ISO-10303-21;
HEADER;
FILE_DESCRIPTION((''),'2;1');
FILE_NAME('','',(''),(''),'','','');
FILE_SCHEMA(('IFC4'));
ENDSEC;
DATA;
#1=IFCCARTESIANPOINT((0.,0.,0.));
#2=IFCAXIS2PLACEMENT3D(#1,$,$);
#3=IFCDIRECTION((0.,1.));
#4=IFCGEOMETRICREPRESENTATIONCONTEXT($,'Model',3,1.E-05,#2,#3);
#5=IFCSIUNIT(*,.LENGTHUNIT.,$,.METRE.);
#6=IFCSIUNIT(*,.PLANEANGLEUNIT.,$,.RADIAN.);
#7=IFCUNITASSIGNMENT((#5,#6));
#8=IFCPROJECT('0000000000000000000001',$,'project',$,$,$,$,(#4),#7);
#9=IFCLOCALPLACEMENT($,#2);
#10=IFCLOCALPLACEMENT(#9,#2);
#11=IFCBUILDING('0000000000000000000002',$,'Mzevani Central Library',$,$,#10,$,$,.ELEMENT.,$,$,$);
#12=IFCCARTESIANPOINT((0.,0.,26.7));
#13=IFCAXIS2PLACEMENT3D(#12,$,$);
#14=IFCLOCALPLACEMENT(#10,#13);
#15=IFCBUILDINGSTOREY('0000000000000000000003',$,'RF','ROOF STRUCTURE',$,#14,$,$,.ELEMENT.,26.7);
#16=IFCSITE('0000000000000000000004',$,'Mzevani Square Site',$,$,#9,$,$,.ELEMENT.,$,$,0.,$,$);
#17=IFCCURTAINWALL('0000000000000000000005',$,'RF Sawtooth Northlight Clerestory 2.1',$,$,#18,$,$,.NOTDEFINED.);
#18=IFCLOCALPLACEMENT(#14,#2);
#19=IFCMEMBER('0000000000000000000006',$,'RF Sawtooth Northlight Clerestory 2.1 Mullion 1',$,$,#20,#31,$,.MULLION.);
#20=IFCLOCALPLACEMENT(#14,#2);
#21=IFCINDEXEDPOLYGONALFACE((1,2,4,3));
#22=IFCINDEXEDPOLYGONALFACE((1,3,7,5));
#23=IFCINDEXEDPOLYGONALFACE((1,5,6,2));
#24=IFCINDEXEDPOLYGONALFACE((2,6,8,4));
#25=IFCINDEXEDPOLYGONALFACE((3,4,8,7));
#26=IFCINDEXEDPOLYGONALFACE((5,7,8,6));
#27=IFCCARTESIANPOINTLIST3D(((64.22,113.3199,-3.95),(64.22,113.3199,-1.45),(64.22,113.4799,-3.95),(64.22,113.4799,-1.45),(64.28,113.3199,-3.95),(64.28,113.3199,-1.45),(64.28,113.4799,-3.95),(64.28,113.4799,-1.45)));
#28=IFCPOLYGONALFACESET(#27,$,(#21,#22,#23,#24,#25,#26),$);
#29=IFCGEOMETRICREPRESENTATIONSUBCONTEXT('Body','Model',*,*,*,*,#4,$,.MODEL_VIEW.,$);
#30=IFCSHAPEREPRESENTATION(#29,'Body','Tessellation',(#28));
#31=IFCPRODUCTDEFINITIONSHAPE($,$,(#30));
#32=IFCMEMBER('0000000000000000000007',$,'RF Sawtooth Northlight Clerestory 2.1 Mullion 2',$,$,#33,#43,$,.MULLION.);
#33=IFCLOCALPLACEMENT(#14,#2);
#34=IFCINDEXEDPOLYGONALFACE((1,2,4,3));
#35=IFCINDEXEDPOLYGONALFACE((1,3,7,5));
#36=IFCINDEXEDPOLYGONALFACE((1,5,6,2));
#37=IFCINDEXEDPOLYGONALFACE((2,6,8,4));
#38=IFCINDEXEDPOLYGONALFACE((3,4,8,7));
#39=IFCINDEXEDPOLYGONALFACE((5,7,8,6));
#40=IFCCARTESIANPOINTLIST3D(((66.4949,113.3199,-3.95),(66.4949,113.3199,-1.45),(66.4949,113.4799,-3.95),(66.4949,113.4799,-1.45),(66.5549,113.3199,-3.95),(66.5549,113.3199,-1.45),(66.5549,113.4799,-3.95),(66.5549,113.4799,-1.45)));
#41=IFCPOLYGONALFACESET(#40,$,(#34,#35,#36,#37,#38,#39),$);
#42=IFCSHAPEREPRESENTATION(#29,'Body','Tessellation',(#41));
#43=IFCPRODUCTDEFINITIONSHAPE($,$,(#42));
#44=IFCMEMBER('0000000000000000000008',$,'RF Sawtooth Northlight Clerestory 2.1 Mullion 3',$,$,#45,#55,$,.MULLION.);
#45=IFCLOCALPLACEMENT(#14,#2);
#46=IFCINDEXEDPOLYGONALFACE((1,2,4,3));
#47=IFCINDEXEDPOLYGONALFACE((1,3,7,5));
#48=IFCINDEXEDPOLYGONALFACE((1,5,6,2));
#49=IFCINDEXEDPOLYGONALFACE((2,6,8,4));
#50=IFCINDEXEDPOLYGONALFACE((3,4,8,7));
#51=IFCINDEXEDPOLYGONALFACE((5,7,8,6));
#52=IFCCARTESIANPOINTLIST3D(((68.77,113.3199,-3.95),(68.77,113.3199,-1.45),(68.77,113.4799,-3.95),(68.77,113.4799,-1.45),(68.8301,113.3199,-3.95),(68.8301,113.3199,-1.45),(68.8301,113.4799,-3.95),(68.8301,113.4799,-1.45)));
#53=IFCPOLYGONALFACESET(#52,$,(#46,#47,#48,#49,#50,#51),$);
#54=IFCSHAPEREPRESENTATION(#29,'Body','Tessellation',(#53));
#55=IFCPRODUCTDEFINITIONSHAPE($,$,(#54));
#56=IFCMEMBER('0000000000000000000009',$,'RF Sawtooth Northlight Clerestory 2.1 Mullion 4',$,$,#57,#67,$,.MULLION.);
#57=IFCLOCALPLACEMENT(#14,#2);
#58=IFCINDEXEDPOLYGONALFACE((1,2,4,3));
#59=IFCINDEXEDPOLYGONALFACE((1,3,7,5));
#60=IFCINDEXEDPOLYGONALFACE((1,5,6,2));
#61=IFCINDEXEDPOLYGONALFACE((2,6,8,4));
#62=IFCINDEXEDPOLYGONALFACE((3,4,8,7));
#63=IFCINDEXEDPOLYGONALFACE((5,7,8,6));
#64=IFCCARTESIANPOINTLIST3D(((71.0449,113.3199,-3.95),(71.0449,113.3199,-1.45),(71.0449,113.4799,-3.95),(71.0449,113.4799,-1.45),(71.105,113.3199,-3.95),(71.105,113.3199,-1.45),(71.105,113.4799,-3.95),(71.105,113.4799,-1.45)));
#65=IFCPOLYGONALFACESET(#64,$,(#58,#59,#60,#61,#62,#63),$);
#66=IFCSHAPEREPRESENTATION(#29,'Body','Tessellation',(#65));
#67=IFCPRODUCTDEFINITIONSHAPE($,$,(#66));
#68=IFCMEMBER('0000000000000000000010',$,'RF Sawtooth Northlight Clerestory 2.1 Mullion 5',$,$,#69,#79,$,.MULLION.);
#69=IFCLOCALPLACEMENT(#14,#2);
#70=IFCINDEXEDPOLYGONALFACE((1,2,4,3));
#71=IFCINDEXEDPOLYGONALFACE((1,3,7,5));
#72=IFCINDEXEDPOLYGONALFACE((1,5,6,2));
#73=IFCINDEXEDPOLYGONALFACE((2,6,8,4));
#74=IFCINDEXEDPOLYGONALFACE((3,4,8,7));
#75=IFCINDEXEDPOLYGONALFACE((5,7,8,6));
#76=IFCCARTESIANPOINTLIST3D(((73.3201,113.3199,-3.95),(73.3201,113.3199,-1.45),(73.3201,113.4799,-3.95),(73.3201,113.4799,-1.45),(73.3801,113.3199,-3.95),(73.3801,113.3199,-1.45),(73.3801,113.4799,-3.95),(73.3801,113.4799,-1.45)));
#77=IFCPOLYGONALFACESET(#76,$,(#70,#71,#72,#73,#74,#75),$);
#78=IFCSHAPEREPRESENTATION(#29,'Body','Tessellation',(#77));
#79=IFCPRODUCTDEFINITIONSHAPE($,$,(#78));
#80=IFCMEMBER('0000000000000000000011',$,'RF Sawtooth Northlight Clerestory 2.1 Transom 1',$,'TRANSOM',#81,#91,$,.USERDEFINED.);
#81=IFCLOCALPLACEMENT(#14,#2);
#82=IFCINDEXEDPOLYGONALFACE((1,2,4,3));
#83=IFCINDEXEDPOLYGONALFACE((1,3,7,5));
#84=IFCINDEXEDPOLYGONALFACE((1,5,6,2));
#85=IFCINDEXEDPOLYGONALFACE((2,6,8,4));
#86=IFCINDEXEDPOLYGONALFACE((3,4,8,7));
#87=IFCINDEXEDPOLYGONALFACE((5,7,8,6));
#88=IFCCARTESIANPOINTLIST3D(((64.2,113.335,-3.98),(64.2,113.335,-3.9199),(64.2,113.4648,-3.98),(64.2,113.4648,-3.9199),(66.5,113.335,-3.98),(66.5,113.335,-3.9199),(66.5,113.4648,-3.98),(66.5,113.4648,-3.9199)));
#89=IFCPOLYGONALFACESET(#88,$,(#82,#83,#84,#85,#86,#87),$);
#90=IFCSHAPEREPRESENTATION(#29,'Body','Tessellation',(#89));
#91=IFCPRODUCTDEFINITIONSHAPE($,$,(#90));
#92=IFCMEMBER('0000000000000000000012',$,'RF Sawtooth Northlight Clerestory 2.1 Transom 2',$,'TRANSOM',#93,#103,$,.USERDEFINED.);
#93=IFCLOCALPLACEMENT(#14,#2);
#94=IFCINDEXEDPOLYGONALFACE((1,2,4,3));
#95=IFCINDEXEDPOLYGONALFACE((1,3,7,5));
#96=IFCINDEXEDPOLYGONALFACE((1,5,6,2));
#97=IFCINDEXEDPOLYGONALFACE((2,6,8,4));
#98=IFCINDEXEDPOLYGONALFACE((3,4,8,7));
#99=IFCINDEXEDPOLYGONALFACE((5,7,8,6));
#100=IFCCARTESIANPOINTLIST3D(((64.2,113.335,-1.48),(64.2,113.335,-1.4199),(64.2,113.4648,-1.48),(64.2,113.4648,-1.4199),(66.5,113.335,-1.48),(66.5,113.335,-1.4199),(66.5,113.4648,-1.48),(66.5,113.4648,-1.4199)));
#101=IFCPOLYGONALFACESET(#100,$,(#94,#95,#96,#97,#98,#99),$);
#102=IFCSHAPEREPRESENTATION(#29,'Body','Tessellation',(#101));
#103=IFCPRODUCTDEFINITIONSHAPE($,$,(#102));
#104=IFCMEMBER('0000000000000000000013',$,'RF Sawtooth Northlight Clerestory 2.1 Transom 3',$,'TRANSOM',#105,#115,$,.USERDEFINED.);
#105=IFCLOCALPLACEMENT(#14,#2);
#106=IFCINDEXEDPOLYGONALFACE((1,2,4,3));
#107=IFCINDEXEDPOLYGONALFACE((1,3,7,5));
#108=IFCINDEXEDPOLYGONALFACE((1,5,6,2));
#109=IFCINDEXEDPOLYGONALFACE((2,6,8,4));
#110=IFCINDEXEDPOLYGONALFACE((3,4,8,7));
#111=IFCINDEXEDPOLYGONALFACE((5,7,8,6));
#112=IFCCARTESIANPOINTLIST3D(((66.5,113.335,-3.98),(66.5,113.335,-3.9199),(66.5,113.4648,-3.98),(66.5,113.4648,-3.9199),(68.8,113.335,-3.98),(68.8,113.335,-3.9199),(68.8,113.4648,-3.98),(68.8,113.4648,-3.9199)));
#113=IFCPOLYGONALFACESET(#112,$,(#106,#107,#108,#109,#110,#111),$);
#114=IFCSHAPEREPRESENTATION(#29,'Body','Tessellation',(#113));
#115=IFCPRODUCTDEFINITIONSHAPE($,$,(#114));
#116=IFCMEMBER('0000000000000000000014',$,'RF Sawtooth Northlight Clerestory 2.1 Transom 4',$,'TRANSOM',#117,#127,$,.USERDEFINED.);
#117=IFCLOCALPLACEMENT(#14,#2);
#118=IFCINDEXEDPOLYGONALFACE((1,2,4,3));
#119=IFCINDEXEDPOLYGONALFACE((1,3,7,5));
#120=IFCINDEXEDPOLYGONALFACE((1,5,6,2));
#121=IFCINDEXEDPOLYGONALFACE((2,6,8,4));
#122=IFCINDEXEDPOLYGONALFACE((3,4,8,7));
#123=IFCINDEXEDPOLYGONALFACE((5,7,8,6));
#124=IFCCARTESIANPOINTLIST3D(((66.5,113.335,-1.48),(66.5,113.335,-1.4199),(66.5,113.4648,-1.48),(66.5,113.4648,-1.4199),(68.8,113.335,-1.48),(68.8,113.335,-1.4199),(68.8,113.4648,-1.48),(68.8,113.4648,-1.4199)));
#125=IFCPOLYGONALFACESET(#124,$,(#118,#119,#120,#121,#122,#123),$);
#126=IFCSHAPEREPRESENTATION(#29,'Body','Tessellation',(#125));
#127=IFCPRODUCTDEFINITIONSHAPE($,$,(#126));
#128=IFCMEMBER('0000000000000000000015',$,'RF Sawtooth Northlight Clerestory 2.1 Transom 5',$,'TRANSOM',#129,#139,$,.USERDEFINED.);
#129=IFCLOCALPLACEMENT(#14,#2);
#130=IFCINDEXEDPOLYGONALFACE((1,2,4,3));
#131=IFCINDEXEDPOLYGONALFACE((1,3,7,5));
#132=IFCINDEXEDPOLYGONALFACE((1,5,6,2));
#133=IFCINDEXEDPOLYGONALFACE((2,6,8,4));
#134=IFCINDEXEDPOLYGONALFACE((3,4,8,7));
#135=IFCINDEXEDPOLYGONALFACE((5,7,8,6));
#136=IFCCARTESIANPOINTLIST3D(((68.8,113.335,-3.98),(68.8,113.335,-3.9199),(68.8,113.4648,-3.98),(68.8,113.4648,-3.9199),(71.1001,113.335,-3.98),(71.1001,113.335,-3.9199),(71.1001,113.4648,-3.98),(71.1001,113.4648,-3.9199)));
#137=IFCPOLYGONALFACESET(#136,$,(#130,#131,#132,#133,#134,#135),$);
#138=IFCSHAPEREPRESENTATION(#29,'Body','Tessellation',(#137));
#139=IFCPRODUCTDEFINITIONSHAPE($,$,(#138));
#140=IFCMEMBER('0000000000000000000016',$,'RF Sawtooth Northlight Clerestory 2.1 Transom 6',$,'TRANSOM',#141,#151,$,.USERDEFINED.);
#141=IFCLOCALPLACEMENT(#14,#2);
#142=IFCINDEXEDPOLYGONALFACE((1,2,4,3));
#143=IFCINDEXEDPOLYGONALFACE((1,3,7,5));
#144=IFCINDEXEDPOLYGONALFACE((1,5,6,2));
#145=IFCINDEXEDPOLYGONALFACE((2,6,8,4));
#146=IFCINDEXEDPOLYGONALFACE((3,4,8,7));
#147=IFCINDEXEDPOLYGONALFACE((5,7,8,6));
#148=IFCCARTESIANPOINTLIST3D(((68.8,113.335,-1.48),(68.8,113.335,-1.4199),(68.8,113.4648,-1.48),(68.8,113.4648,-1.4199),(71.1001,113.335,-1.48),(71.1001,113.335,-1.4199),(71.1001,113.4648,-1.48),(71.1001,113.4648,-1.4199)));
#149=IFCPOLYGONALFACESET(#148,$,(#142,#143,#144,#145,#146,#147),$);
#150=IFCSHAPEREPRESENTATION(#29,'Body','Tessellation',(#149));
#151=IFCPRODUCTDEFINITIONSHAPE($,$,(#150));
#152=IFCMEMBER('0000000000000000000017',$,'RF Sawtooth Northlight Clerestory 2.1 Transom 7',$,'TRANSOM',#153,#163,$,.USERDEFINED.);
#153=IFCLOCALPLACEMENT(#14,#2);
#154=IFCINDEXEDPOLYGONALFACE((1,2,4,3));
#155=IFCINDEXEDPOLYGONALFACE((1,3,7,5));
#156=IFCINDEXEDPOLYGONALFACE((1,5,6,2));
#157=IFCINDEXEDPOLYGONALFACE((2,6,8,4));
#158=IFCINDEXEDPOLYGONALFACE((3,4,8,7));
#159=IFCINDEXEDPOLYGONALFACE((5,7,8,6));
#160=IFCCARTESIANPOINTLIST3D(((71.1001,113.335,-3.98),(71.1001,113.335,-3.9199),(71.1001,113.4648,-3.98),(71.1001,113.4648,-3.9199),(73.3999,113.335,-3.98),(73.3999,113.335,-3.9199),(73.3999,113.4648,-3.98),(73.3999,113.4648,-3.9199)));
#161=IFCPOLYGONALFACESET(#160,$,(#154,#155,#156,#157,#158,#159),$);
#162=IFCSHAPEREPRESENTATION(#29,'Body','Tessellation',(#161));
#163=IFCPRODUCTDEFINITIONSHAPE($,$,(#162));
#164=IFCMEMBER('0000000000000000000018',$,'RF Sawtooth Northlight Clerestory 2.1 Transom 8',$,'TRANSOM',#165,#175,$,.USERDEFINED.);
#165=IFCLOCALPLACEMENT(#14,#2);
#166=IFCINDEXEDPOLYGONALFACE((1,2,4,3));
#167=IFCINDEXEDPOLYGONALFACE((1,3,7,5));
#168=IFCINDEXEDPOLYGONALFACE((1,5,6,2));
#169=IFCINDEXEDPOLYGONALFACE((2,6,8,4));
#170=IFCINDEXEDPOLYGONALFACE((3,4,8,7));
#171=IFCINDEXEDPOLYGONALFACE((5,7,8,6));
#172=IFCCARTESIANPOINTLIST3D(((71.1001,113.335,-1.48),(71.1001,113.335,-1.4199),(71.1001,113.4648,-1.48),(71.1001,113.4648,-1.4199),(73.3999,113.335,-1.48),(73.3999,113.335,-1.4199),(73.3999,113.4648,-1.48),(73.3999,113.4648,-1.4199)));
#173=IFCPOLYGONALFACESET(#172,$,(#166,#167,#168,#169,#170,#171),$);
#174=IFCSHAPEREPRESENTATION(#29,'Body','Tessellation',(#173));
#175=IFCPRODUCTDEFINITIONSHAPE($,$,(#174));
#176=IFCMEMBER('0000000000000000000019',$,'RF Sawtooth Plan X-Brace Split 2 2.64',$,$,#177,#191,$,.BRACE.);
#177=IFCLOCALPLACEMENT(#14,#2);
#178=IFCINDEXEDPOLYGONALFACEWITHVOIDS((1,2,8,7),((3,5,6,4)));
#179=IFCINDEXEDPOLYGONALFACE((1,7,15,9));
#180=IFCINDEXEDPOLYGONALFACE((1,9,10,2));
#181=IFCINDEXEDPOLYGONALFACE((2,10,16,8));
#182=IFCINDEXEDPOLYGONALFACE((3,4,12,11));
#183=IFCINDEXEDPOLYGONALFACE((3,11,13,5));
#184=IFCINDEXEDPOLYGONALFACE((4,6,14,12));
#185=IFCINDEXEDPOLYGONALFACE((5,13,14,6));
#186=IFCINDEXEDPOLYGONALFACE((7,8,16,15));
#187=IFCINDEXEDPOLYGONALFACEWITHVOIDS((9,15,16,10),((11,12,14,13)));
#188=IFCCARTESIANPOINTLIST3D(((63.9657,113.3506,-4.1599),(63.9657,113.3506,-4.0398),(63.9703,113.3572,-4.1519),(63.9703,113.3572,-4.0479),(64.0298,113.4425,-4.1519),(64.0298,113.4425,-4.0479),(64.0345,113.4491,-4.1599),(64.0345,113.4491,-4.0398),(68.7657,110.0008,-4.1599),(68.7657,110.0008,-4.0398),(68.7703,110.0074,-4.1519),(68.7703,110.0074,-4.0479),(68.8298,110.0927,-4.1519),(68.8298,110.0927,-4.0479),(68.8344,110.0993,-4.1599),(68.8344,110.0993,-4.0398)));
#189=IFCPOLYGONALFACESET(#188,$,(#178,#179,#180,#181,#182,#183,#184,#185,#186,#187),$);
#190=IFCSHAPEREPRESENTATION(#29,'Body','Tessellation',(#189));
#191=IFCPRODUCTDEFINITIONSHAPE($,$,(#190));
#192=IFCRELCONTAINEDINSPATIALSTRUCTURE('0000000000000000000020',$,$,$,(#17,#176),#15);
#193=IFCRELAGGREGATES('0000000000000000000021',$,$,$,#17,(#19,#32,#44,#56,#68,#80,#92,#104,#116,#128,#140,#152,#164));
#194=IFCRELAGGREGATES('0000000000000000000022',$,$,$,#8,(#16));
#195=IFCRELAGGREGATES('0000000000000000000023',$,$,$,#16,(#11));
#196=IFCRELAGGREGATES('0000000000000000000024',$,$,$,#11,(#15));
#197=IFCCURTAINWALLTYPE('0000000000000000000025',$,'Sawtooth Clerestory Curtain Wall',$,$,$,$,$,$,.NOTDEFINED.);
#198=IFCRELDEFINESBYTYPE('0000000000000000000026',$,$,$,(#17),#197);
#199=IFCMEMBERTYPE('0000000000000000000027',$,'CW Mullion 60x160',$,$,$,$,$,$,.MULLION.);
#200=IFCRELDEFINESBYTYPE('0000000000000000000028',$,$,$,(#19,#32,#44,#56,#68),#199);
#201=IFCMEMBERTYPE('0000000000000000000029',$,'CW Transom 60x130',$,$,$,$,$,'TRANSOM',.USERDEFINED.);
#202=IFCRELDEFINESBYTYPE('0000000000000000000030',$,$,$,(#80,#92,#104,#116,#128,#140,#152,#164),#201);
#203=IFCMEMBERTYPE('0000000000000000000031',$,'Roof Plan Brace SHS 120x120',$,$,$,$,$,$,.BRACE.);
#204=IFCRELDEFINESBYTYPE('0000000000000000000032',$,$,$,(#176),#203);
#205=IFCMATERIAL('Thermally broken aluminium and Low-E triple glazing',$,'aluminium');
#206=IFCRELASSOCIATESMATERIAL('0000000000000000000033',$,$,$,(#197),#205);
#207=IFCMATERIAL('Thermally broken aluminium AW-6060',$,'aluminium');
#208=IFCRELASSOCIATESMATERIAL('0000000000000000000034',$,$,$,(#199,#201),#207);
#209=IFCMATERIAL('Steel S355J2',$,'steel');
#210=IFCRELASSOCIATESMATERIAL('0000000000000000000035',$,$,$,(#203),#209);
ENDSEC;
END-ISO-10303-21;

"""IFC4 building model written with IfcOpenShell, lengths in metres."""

from ifc_helpers import new_model, si_unit, direction, frame, origin, origin_2d, place, context, subcontext, project, spatial, rectangle, hollow_rectangle, extrude, material, material_profile, profile_set, type_object, element, aggregate, save


model = new_model("IFC4")

# Units and contexts
model_context = context("Model", 3, precision=1e-05, world=origin(), true_north=direction((0.0, 1.0)))
body_context = subcontext(model_context, "Body", "Model", "MODEL_VIEW")
ifc_project = project(units=[si_unit("LENGTHUNIT", "METRE"), si_unit("PLANEANGLEUNIT", "RADIAN")], contexts=[model_context])

# Site, building, storey
site_placement = place(None, origin())
site = spatial("IfcSite", under=ifc_project, at=site_placement, Name="Mzevani Square Site", CompositionType="ELEMENT", RefElevation=0.0)
building_placement = place(site_placement, origin())
building = spatial("IfcBuilding", under=site, at=building_placement, Name="Mzevani Central Library", CompositionType="ELEMENT")
storey_placement = place(building_placement, frame((0.0, 0.0, 26.7)))
storey = spatial("IfcBuildingStorey", under=building, at=storey_placement, Name="RF", Description="ROOF STRUCTURE", CompositionType="ELEMENT", Elevation=26.7)

# Curtain wall, members
ifc_material_1 = material(Name="Thermally broken aluminium and Low-E triple glazing", Category="aluminium")
curtain_wall_type = type_object("IfcCurtainWallType", Name="Sawtooth Clerestory Curtain Wall", PredefinedType="NOTDEFINED", material=ifc_material_1)
curtain_wall_placement = place(storey_placement, origin())
curtain_wall = element("IfcCurtainWall", 1, at=curtain_wall_placement, inside=storey, type_object=curtain_wall_type, Name="RF Sawtooth Northlight Clerestory 2.1", PredefinedType="NOTDEFINED")
ifc_material_2 = material(Name="Thermally broken aluminium AW-6060", Category="aluminium")
ifc_material_profile_1 = material_profile(ifc_material_2, rectangle(XDim=0.0601, YDim=0.1599, at=origin_2d()), Name="ALU M60x160")
ifc_profile_set_1 = profile_set([ifc_material_profile_1], Name="Thermally broken aluminium AW-6060")
member_type_1 = type_object("IfcMemberType", Name="CW Mullion 60x160", PredefinedType="MULLION", material=ifc_profile_set_1)
member_1_placement = place(storey_placement, frame((64.25, 113.3999, -3.95), z_axis=(0.0, 0.0, 1.0), x_axis=(1.0, 0.0, 0.0)))
member_1 = element("IfcMember", 2, at=member_1_placement, type_object=member_type_1, Name="RF Sawtooth Northlight Clerestory 2.1 Mullion 1", PredefinedType="MULLION", context=body_context, shape_type="SweptSolid", body=[
    extrude(rectangle(XDim=0.0601, YDim=0.1599, at=origin_2d()), origin(), (0.0, 0.0, 1.0), 2.5),
])
member_2_placement = place(storey_placement, frame((66.5249, 113.3999, -3.95), z_axis=(0.0, 0.0, 1.0), x_axis=(1.0, 0.0, 0.0)))
member_2 = element("IfcMember", 3, at=member_2_placement, type_object=member_type_1, Name="RF Sawtooth Northlight Clerestory 2.1 Mullion 2", PredefinedType="MULLION", context=body_context, shape_type="SweptSolid", body=[
    extrude(rectangle(XDim=0.0601, YDim=0.1599, at=origin_2d()), origin(), (0.0, 0.0, 1.0), 2.5),
])
member_3_placement = place(storey_placement, frame((68.8, 113.3999, -3.95), z_axis=(0.0, 0.0, 1.0), x_axis=(1.0, 0.0, 0.0)))
member_3 = element("IfcMember", 4, at=member_3_placement, type_object=member_type_1, Name="RF Sawtooth Northlight Clerestory 2.1 Mullion 3", PredefinedType="MULLION", context=body_context, shape_type="SweptSolid", body=[
    extrude(rectangle(XDim=0.0601, YDim=0.1599, at=origin_2d()), origin(), (0.0, 0.0, 1.0), 2.5),
])
member_4_placement = place(storey_placement, frame((71.075, 113.3999, -3.95), z_axis=(0.0, 0.0, 1.0), x_axis=(1.0, 0.0, 0.0)))
member_4 = element("IfcMember", 5, at=member_4_placement, type_object=member_type_1, Name="RF Sawtooth Northlight Clerestory 2.1 Mullion 4", PredefinedType="MULLION", context=body_context, shape_type="SweptSolid", body=[
    extrude(rectangle(XDim=0.0601, YDim=0.1599, at=origin_2d()), origin(), (0.0, 0.0, 1.0), 2.5),
])
member_5_placement = place(storey_placement, frame((73.3501, 113.3999, -3.95), z_axis=(0.0, 0.0, 1.0), x_axis=(1.0, 0.0, 0.0)))
member_5 = element("IfcMember", 6, at=member_5_placement, type_object=member_type_1, Name="RF Sawtooth Northlight Clerestory 2.1 Mullion 5", PredefinedType="MULLION", context=body_context, shape_type="SweptSolid", body=[
    extrude(rectangle(XDim=0.0601, YDim=0.1599, at=origin_2d()), origin(), (0.0, 0.0, 1.0), 2.5),
])
ifc_material_profile_2 = material_profile(ifc_material_2, rectangle(XDim=0.1299, YDim=0.0601, at=origin_2d()), Name="ALU T60x130")
ifc_profile_set_2 = profile_set([ifc_material_profile_2], Name="Thermally broken aluminium AW-6060")
member_type_2 = type_object("IfcMemberType", Name="CW Transom 60x130", ElementType="TRANSOM", PredefinedType="USERDEFINED", material=ifc_profile_set_2)
member_6_placement = place(storey_placement, frame((64.2, 113.3999, -3.95), z_axis=(1.0, 0.0, 0.0), x_axis=(0.0, 1.0, 0.0)))
member_6 = element("IfcMember", 7, at=member_6_placement, type_object=member_type_2, Name="RF Sawtooth Northlight Clerestory 2.1 Transom 1", ObjectType="TRANSOM", PredefinedType="USERDEFINED", context=body_context, shape_type="SweptSolid", body=[
    extrude(rectangle(XDim=0.1299, YDim=0.0601, at=origin_2d()), origin(), (0.0, 0.0, 1.0), 2.3),
])
member_7_placement = place(storey_placement, frame((64.2, 113.3999, -1.45), z_axis=(1.0, 0.0, 0.0), x_axis=(0.0, 1.0, 0.0)))
member_7 = element("IfcMember", 8, at=member_7_placement, type_object=member_type_2, Name="RF Sawtooth Northlight Clerestory 2.1 Transom 2", ObjectType="TRANSOM", PredefinedType="USERDEFINED", context=body_context, shape_type="SweptSolid", body=[
    extrude(rectangle(XDim=0.1299, YDim=0.0601, at=origin_2d()), origin(), (0.0, 0.0, 1.0), 2.3),
])
member_8_placement = place(storey_placement, frame((66.5, 113.3999, -3.95), z_axis=(1.0, 0.0, 0.0), x_axis=(0.0, 1.0, 0.0)))
member_8 = element("IfcMember", 9, at=member_8_placement, type_object=member_type_2, Name="RF Sawtooth Northlight Clerestory 2.1 Transom 3", ObjectType="TRANSOM", PredefinedType="USERDEFINED", context=body_context, shape_type="SweptSolid", body=[
    extrude(rectangle(XDim=0.1299, YDim=0.0601, at=origin_2d()), origin(), (0.0, 0.0, 1.0), 2.3),
])
member_9_placement = place(storey_placement, frame((66.5, 113.3999, -1.45), z_axis=(1.0, 0.0, 0.0), x_axis=(0.0, 1.0, 0.0)))
member_9 = element("IfcMember", 10, at=member_9_placement, type_object=member_type_2, Name="RF Sawtooth Northlight Clerestory 2.1 Transom 4", ObjectType="TRANSOM", PredefinedType="USERDEFINED", context=body_context, shape_type="SweptSolid", body=[
    extrude(rectangle(XDim=0.1299, YDim=0.0601, at=origin_2d()), origin(), (0.0, 0.0, 1.0), 2.3),
])
member_10_placement = place(storey_placement, frame((68.8, 113.3999, -3.95), z_axis=(1.0, 0.0, 0.0), x_axis=(0.0, 1.0, 0.0)))
member_10 = element("IfcMember", 11, at=member_10_placement, type_object=member_type_2, Name="RF Sawtooth Northlight Clerestory 2.1 Transom 5", ObjectType="TRANSOM", PredefinedType="USERDEFINED", context=body_context, shape_type="SweptSolid", body=[
    extrude(rectangle(XDim=0.1299, YDim=0.0601, at=origin_2d()), origin(), (0.0, 0.0, 1.0), 2.3),
])
member_11_placement = place(storey_placement, frame((68.8, 113.3999, -1.45), z_axis=(1.0, 0.0, 0.0), x_axis=(0.0, 1.0, 0.0)))
member_11 = element("IfcMember", 12, at=member_11_placement, type_object=member_type_2, Name="RF Sawtooth Northlight Clerestory 2.1 Transom 6", ObjectType="TRANSOM", PredefinedType="USERDEFINED", context=body_context, shape_type="SweptSolid", body=[
    extrude(rectangle(XDim=0.1299, YDim=0.0601, at=origin_2d()), origin(), (0.0, 0.0, 1.0), 2.3),
])
member_12_placement = place(storey_placement, frame((71.1001, 113.3999, -3.95), z_axis=(1.0, 0.0, 0.0), x_axis=(0.0, 1.0, 0.0)))
member_12 = element("IfcMember", 13, at=member_12_placement, type_object=member_type_2, Name="RF Sawtooth Northlight Clerestory 2.1 Transom 7", ObjectType="TRANSOM", PredefinedType="USERDEFINED", context=body_context, shape_type="SweptSolid", body=[
    extrude(rectangle(XDim=0.1299, YDim=0.0601, at=origin_2d()), origin(), (0.0, 0.0, 1.0), 2.2998),
])
member_13_placement = place(storey_placement, frame((71.1001, 113.3999, -1.45), z_axis=(1.0, 0.0, 0.0), x_axis=(0.0, 1.0, 0.0)))
member_13 = element("IfcMember", 14, at=member_13_placement, type_object=member_type_2, Name="RF Sawtooth Northlight Clerestory 2.1 Transom 8", ObjectType="TRANSOM", PredefinedType="USERDEFINED", context=body_context, shape_type="SweptSolid", body=[
    extrude(rectangle(XDim=0.1299, YDim=0.0601, at=origin_2d()), origin(), (0.0, 0.0, 1.0), 2.2998),
])

# Member
ifc_material_3 = material(Name="Steel S355J2", Category="steel")
ifc_material_profile_3 = material_profile(ifc_material_3, hollow_rectangle(XDim=0.1201, YDim=0.1201, WallThickness=0.0081, at=origin_2d()), Name="SHS 120x120x8.0")
ifc_profile_set_3 = profile_set([ifc_material_profile_3], Name="Steel S355J2")
member_type_3 = type_object("IfcMemberType", Name="Roof Plan Brace SHS 120x120", PredefinedType="BRACE", material=ifc_profile_set_3)
member_14_placement = place(storey_placement, frame((68.8, 110.05, -4.0999), z_axis=(-0.820048, 0.572294, 0.0), x_axis=(-0.572294, -0.820048, 0.0)))
element("IfcMember", 15, at=member_14_placement, inside=storey, type_object=member_type_3, Name="RF Sawtooth Plan X-Brace Split 2 2.64", PredefinedType="BRACE", context=body_context, shape_type="SweptSolid", body=[
    extrude(hollow_rectangle(XDim=0.1201, YDim=0.1201, WallThickness=0.0081, at=origin_2d()), origin(), (0.0, 0.0, 1.0), 5.8533),
])

aggregate(curtain_wall, [member_1, member_2, member_3, member_4, member_5, member_6, member_7, member_8, member_9, member_10, member_11, member_12, member_13])

save(model, "model.ifc")
